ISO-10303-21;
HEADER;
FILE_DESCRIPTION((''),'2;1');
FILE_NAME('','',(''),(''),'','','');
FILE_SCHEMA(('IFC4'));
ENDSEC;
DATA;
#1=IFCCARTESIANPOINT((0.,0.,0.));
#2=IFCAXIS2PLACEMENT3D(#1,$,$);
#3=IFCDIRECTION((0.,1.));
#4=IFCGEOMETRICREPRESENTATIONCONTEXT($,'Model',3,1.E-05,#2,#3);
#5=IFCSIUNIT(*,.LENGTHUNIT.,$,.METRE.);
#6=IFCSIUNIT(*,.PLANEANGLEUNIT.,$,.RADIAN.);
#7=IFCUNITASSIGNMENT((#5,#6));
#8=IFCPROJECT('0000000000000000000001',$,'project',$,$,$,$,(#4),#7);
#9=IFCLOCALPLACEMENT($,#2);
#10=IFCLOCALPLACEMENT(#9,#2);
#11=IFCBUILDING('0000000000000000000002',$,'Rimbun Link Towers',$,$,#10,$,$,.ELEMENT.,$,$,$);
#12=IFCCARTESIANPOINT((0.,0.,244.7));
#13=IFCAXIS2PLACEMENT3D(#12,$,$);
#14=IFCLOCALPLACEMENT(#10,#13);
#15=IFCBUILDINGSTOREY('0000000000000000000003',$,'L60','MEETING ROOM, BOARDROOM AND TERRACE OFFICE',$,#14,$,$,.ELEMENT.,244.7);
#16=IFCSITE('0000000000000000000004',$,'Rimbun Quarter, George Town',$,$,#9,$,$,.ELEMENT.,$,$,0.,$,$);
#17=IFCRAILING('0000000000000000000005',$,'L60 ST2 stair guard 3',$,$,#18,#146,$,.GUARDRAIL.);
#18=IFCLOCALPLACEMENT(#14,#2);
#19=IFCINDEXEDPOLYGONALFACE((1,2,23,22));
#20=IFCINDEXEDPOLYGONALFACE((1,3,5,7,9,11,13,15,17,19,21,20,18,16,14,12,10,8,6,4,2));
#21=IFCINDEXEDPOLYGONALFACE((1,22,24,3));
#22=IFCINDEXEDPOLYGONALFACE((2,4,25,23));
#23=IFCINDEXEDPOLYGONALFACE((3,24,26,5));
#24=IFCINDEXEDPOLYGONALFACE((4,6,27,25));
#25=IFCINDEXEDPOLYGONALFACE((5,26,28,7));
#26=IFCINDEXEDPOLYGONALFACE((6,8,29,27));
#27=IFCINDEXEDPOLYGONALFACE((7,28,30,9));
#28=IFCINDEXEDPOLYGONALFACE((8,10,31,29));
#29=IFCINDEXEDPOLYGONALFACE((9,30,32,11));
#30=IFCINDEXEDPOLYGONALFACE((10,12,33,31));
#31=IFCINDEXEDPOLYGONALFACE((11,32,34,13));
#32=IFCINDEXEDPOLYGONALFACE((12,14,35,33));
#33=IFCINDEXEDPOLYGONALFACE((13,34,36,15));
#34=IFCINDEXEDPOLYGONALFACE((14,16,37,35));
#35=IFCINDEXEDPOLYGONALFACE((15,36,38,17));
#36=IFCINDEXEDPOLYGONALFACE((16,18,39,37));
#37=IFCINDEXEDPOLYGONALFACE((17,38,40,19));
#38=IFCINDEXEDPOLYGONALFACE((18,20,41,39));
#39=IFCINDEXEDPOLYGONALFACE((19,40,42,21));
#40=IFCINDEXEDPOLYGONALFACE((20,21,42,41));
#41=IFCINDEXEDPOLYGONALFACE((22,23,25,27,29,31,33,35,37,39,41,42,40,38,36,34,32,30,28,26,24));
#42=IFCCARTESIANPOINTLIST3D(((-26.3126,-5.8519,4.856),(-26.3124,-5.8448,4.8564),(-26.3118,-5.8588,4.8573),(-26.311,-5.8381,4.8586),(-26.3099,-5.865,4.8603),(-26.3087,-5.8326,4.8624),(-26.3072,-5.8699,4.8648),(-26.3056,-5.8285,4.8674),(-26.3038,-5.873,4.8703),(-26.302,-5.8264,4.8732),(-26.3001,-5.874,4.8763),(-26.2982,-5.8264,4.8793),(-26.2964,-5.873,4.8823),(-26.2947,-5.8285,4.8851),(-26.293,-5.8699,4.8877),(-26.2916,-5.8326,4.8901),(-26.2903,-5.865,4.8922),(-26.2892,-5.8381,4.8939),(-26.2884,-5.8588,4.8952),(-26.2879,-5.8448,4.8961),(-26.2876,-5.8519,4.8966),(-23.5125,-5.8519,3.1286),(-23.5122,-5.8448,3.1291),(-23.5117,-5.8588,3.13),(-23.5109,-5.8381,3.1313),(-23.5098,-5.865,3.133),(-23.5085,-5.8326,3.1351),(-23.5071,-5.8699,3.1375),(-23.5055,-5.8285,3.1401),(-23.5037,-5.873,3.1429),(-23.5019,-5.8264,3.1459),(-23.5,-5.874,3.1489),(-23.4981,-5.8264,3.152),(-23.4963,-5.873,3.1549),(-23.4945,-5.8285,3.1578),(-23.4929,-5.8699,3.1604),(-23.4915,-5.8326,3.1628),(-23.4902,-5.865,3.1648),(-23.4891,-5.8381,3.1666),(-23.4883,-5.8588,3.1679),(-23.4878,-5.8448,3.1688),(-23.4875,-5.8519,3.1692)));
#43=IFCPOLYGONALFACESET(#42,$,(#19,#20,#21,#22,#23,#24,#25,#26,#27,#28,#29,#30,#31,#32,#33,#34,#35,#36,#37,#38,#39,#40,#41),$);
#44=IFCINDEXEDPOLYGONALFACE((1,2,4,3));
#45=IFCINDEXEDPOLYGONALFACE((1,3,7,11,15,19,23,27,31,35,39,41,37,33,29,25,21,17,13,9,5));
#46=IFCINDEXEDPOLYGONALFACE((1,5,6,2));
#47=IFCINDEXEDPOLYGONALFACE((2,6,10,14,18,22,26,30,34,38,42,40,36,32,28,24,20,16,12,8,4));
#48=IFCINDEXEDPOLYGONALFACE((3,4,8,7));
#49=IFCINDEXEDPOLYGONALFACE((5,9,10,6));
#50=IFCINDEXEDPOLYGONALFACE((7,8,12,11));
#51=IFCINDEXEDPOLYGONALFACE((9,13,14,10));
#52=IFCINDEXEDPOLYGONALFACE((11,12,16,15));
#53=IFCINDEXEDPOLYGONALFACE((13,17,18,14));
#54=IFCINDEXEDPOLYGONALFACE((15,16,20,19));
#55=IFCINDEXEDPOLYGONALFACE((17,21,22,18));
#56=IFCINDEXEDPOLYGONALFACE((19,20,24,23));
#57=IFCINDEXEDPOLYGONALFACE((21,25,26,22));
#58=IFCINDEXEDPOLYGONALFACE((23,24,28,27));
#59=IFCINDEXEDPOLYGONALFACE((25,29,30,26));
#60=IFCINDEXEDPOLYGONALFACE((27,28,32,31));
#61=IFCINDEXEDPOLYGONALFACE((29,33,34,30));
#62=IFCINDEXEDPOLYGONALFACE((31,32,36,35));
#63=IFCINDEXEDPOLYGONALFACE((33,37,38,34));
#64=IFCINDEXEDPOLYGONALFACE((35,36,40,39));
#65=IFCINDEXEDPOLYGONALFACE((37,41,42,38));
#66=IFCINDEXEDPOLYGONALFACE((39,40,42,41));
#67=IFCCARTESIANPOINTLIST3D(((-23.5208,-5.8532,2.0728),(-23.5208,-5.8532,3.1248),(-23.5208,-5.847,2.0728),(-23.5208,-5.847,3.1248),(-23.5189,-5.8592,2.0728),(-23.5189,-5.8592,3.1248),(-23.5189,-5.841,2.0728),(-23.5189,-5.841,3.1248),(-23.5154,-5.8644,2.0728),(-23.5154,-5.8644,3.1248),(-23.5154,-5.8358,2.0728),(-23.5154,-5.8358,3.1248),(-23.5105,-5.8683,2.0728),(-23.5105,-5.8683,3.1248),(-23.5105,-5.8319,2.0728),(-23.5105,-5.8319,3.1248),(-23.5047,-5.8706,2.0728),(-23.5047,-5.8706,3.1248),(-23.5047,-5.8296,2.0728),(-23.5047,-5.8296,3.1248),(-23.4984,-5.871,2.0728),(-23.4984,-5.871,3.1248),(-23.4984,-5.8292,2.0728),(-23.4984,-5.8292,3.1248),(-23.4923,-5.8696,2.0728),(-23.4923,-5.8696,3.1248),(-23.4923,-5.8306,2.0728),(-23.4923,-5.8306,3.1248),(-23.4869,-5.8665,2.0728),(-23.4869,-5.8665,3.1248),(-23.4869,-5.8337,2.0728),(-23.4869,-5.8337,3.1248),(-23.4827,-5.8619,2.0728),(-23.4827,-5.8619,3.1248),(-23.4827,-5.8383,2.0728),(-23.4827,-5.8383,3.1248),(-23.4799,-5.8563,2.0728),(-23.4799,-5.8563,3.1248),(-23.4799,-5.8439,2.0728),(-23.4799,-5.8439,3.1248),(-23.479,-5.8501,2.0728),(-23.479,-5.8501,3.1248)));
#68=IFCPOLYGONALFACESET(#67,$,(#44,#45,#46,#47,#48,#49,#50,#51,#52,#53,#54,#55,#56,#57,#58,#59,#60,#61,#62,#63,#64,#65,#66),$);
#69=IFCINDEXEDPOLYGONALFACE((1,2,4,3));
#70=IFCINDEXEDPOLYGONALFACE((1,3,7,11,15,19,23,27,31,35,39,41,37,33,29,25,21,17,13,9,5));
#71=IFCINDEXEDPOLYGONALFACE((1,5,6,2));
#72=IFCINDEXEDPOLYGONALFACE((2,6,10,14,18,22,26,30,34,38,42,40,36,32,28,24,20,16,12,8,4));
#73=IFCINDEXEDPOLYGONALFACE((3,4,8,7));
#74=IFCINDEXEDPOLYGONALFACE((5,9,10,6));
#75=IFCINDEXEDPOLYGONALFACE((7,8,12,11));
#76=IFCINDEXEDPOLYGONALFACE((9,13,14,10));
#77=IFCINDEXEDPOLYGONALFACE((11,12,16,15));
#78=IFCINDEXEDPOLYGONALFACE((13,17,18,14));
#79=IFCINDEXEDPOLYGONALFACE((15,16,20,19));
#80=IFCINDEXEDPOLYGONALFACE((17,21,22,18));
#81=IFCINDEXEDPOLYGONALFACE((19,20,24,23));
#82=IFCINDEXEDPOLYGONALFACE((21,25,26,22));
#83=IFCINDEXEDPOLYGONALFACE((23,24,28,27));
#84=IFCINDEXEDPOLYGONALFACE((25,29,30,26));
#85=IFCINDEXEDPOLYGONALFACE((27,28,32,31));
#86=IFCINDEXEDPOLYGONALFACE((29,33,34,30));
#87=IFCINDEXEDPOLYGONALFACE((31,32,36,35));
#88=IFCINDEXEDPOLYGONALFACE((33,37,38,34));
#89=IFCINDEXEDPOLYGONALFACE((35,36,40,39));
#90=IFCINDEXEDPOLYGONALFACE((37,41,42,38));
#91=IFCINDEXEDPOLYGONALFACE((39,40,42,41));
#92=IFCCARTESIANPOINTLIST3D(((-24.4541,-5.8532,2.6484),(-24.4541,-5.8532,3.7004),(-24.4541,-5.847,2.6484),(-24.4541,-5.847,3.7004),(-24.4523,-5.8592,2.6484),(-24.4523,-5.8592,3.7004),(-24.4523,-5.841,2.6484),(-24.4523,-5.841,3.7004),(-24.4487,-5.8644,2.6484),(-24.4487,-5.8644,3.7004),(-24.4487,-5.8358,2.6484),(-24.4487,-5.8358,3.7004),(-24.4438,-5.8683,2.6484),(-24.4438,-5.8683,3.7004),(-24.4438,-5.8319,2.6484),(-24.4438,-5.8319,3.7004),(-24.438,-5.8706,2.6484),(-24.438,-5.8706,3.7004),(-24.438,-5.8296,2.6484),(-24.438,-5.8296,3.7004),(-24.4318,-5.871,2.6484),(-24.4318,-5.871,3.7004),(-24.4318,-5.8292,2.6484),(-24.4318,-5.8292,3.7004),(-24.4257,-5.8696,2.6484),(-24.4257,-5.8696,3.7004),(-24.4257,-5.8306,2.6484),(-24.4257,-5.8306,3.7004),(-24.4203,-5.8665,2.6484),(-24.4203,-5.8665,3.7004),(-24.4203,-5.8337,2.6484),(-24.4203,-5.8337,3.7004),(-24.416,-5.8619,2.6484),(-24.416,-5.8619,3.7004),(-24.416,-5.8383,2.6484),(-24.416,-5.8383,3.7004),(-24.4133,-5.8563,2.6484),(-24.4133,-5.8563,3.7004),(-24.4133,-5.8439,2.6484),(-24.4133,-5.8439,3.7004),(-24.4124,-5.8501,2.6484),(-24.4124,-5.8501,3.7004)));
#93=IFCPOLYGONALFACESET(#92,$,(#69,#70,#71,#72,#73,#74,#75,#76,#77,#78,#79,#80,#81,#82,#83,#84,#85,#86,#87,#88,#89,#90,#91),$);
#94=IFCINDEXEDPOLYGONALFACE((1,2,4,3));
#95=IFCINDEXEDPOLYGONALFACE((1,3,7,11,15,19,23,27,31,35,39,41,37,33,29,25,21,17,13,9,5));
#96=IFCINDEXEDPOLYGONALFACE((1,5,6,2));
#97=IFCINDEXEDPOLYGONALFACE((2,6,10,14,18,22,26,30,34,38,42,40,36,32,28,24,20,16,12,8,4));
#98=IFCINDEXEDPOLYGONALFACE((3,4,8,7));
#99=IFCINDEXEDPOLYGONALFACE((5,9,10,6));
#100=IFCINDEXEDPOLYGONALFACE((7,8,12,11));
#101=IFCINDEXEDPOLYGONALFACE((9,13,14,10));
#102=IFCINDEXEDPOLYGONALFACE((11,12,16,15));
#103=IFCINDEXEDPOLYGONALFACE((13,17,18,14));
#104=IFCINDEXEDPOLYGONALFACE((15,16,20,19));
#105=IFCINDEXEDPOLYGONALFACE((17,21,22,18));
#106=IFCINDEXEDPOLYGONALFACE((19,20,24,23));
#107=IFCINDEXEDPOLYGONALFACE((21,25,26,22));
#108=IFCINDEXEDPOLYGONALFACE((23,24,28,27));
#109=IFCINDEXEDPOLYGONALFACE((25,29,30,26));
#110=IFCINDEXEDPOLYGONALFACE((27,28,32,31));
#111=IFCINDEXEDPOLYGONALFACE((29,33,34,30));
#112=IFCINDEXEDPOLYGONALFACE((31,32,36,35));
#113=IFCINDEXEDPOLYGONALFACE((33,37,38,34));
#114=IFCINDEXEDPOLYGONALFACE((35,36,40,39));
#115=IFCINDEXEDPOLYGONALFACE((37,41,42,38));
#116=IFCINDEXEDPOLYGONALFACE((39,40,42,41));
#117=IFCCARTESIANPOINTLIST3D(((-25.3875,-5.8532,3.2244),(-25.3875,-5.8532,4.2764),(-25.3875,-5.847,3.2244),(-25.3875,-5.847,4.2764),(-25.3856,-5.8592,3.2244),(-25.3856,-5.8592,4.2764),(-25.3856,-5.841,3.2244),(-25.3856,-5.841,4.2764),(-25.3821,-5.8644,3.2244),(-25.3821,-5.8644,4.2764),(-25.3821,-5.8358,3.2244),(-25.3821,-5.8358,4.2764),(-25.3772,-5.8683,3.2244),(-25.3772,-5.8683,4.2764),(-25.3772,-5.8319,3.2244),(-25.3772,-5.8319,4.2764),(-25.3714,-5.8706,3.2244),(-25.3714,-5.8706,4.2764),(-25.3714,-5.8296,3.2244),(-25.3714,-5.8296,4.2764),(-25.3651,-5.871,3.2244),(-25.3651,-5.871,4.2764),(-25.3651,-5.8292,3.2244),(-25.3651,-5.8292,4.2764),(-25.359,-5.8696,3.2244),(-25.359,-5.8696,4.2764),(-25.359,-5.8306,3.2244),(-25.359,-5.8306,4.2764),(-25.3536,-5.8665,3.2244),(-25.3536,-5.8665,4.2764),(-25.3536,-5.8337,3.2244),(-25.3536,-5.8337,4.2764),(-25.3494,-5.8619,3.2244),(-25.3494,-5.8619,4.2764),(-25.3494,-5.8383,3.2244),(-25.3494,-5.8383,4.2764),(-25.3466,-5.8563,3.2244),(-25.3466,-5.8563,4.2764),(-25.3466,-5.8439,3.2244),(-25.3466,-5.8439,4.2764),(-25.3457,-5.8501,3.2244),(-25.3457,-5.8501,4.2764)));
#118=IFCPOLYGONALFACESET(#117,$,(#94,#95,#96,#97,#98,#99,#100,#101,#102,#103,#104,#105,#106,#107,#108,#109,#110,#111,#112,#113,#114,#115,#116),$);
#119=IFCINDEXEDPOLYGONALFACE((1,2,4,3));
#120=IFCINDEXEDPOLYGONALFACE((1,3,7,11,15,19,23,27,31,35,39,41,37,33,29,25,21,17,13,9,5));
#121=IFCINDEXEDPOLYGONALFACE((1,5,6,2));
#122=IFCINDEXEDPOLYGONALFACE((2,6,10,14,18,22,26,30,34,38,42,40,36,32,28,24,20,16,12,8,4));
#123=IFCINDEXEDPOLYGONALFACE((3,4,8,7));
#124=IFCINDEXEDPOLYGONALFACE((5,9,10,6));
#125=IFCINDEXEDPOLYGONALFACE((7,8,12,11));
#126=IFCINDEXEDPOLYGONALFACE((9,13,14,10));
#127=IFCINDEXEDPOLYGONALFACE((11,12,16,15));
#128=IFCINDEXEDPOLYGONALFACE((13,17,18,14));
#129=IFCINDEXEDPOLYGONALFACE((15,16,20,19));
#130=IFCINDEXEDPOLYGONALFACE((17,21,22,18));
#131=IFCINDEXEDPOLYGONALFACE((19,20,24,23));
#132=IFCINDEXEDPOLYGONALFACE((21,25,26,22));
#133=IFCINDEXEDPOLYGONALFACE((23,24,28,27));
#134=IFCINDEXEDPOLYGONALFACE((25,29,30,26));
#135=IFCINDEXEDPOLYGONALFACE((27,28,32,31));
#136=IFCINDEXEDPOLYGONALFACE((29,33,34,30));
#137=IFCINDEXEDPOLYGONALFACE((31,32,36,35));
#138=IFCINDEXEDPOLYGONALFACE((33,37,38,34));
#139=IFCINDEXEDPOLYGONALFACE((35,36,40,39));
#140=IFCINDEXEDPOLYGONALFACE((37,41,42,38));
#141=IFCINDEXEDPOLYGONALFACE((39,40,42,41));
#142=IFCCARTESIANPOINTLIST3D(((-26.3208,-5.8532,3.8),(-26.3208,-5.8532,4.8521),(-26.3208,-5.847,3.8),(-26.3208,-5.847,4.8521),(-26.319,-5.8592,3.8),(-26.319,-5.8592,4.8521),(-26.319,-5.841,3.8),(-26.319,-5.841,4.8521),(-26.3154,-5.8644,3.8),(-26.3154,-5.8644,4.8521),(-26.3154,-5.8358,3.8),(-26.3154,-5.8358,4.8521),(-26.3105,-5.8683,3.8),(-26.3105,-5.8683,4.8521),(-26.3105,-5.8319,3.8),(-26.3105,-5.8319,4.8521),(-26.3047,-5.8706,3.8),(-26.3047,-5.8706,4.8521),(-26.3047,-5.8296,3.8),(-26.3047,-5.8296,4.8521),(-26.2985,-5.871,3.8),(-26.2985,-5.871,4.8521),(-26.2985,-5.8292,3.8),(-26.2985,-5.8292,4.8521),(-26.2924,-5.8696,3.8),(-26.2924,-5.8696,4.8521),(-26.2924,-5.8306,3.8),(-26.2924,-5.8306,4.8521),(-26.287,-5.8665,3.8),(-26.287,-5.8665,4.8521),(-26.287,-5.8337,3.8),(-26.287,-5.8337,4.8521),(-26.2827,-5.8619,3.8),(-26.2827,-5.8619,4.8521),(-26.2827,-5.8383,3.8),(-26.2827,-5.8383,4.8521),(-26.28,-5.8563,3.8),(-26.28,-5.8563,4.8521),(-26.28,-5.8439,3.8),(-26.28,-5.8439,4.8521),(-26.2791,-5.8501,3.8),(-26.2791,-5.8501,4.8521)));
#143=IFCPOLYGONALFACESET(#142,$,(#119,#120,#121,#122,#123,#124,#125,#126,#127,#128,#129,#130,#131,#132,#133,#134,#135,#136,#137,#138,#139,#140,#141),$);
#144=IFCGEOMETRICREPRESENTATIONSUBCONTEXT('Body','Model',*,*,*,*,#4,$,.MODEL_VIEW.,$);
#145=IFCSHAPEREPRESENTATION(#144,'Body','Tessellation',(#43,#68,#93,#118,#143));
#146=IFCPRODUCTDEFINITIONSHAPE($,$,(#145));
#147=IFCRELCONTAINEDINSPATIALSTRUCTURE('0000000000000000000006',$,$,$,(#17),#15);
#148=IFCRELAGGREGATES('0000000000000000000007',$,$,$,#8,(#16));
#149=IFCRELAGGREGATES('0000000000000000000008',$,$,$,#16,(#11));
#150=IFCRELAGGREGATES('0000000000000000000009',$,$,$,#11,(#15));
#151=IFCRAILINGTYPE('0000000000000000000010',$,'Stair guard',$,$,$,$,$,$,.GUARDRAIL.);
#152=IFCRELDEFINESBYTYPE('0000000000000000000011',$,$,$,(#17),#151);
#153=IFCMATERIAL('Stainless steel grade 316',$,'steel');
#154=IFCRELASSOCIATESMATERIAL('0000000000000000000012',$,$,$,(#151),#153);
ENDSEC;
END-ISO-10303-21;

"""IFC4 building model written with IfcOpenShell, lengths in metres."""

from ifc_helpers import new_model, si_unit, direction, frame, origin, origin_2d, place, context, subcontext, project, spatial, circle, extrude, material, type_object, element, save


model = new_model("IFC4")

# Units and contexts
model_context = context("Model", 3, precision=1e-05, world=origin(), true_north=direction((0.0, 1.0)))
body_context = subcontext(model_context, "Body", "Model", "MODEL_VIEW")
ifc_project = project(units=[si_unit("LENGTHUNIT", "METRE"), si_unit("PLANEANGLEUNIT", "RADIAN")], contexts=[model_context])

# Site, building, storey
site_placement = place(None, origin())
site = spatial("IfcSite", under=ifc_project, at=site_placement, Name="Rimbun Quarter, George Town", CompositionType="ELEMENT", RefElevation=0.0)
building_placement = place(site_placement, origin())
building = spatial("IfcBuilding", under=site, at=building_placement, Name="Rimbun Link Towers", CompositionType="ELEMENT")
storey_placement = place(building_placement, frame((0.0, 0.0, 244.7)))
storey = spatial("IfcBuildingStorey", under=building, at=storey_placement, Name="L60", Description="MEETING ROOM, BOARDROOM AND TERRACE OFFICE", CompositionType="ELEMENT", Elevation=244.7)

# Railing
ifc_material_1 = material(Name="Stainless steel grade 316", Category="steel")
railing_type_1 = type_object("IfcRailingType", Name="Stair guard", PredefinedType="GUARDRAIL", material=ifc_material_1)
railing_1_placement = place(storey_placement, frame((-23.5, -5.8501, 2.0728)))
element("IfcRailing", 1, at=railing_1_placement, inside=storey, type_object=railing_type_1, Name="L60 ST2 stair guard 3", PredefinedType="GUARDRAIL", context=body_context, shape_type="SweptSolid", body=[
    extrude(circle(Radius=0.0239, at=origin_2d()), frame((0.0, 0.0, 1.0762), z_axis=(-0.85109, 0.0, 0.52502), x_axis=(0.0, -1.0, 0.0)), (0.0, 0.0, 1.0), 3.29),
    extrude(circle(Radius=0.021, at=origin_2d()), origin(), (0.0, 0.0, 1.0), 1.052),
    extrude(circle(Radius=0.021, at=origin_2d()), frame((-0.9333, 0.0, 0.5757)), (0.0, 0.0, 1.0), 1.052),
    extrude(circle(Radius=0.021, at=origin_2d()), frame((-1.8667, 0.0, 1.1516)), (0.0, 0.0, 1.0), 1.052),
    extrude(circle(Radius=0.021, at=origin_2d()), frame((-2.8, 0.0, 1.7273)), (0.0, 0.0, 1.0), 1.052),
])

save(model, "model.ifc")
